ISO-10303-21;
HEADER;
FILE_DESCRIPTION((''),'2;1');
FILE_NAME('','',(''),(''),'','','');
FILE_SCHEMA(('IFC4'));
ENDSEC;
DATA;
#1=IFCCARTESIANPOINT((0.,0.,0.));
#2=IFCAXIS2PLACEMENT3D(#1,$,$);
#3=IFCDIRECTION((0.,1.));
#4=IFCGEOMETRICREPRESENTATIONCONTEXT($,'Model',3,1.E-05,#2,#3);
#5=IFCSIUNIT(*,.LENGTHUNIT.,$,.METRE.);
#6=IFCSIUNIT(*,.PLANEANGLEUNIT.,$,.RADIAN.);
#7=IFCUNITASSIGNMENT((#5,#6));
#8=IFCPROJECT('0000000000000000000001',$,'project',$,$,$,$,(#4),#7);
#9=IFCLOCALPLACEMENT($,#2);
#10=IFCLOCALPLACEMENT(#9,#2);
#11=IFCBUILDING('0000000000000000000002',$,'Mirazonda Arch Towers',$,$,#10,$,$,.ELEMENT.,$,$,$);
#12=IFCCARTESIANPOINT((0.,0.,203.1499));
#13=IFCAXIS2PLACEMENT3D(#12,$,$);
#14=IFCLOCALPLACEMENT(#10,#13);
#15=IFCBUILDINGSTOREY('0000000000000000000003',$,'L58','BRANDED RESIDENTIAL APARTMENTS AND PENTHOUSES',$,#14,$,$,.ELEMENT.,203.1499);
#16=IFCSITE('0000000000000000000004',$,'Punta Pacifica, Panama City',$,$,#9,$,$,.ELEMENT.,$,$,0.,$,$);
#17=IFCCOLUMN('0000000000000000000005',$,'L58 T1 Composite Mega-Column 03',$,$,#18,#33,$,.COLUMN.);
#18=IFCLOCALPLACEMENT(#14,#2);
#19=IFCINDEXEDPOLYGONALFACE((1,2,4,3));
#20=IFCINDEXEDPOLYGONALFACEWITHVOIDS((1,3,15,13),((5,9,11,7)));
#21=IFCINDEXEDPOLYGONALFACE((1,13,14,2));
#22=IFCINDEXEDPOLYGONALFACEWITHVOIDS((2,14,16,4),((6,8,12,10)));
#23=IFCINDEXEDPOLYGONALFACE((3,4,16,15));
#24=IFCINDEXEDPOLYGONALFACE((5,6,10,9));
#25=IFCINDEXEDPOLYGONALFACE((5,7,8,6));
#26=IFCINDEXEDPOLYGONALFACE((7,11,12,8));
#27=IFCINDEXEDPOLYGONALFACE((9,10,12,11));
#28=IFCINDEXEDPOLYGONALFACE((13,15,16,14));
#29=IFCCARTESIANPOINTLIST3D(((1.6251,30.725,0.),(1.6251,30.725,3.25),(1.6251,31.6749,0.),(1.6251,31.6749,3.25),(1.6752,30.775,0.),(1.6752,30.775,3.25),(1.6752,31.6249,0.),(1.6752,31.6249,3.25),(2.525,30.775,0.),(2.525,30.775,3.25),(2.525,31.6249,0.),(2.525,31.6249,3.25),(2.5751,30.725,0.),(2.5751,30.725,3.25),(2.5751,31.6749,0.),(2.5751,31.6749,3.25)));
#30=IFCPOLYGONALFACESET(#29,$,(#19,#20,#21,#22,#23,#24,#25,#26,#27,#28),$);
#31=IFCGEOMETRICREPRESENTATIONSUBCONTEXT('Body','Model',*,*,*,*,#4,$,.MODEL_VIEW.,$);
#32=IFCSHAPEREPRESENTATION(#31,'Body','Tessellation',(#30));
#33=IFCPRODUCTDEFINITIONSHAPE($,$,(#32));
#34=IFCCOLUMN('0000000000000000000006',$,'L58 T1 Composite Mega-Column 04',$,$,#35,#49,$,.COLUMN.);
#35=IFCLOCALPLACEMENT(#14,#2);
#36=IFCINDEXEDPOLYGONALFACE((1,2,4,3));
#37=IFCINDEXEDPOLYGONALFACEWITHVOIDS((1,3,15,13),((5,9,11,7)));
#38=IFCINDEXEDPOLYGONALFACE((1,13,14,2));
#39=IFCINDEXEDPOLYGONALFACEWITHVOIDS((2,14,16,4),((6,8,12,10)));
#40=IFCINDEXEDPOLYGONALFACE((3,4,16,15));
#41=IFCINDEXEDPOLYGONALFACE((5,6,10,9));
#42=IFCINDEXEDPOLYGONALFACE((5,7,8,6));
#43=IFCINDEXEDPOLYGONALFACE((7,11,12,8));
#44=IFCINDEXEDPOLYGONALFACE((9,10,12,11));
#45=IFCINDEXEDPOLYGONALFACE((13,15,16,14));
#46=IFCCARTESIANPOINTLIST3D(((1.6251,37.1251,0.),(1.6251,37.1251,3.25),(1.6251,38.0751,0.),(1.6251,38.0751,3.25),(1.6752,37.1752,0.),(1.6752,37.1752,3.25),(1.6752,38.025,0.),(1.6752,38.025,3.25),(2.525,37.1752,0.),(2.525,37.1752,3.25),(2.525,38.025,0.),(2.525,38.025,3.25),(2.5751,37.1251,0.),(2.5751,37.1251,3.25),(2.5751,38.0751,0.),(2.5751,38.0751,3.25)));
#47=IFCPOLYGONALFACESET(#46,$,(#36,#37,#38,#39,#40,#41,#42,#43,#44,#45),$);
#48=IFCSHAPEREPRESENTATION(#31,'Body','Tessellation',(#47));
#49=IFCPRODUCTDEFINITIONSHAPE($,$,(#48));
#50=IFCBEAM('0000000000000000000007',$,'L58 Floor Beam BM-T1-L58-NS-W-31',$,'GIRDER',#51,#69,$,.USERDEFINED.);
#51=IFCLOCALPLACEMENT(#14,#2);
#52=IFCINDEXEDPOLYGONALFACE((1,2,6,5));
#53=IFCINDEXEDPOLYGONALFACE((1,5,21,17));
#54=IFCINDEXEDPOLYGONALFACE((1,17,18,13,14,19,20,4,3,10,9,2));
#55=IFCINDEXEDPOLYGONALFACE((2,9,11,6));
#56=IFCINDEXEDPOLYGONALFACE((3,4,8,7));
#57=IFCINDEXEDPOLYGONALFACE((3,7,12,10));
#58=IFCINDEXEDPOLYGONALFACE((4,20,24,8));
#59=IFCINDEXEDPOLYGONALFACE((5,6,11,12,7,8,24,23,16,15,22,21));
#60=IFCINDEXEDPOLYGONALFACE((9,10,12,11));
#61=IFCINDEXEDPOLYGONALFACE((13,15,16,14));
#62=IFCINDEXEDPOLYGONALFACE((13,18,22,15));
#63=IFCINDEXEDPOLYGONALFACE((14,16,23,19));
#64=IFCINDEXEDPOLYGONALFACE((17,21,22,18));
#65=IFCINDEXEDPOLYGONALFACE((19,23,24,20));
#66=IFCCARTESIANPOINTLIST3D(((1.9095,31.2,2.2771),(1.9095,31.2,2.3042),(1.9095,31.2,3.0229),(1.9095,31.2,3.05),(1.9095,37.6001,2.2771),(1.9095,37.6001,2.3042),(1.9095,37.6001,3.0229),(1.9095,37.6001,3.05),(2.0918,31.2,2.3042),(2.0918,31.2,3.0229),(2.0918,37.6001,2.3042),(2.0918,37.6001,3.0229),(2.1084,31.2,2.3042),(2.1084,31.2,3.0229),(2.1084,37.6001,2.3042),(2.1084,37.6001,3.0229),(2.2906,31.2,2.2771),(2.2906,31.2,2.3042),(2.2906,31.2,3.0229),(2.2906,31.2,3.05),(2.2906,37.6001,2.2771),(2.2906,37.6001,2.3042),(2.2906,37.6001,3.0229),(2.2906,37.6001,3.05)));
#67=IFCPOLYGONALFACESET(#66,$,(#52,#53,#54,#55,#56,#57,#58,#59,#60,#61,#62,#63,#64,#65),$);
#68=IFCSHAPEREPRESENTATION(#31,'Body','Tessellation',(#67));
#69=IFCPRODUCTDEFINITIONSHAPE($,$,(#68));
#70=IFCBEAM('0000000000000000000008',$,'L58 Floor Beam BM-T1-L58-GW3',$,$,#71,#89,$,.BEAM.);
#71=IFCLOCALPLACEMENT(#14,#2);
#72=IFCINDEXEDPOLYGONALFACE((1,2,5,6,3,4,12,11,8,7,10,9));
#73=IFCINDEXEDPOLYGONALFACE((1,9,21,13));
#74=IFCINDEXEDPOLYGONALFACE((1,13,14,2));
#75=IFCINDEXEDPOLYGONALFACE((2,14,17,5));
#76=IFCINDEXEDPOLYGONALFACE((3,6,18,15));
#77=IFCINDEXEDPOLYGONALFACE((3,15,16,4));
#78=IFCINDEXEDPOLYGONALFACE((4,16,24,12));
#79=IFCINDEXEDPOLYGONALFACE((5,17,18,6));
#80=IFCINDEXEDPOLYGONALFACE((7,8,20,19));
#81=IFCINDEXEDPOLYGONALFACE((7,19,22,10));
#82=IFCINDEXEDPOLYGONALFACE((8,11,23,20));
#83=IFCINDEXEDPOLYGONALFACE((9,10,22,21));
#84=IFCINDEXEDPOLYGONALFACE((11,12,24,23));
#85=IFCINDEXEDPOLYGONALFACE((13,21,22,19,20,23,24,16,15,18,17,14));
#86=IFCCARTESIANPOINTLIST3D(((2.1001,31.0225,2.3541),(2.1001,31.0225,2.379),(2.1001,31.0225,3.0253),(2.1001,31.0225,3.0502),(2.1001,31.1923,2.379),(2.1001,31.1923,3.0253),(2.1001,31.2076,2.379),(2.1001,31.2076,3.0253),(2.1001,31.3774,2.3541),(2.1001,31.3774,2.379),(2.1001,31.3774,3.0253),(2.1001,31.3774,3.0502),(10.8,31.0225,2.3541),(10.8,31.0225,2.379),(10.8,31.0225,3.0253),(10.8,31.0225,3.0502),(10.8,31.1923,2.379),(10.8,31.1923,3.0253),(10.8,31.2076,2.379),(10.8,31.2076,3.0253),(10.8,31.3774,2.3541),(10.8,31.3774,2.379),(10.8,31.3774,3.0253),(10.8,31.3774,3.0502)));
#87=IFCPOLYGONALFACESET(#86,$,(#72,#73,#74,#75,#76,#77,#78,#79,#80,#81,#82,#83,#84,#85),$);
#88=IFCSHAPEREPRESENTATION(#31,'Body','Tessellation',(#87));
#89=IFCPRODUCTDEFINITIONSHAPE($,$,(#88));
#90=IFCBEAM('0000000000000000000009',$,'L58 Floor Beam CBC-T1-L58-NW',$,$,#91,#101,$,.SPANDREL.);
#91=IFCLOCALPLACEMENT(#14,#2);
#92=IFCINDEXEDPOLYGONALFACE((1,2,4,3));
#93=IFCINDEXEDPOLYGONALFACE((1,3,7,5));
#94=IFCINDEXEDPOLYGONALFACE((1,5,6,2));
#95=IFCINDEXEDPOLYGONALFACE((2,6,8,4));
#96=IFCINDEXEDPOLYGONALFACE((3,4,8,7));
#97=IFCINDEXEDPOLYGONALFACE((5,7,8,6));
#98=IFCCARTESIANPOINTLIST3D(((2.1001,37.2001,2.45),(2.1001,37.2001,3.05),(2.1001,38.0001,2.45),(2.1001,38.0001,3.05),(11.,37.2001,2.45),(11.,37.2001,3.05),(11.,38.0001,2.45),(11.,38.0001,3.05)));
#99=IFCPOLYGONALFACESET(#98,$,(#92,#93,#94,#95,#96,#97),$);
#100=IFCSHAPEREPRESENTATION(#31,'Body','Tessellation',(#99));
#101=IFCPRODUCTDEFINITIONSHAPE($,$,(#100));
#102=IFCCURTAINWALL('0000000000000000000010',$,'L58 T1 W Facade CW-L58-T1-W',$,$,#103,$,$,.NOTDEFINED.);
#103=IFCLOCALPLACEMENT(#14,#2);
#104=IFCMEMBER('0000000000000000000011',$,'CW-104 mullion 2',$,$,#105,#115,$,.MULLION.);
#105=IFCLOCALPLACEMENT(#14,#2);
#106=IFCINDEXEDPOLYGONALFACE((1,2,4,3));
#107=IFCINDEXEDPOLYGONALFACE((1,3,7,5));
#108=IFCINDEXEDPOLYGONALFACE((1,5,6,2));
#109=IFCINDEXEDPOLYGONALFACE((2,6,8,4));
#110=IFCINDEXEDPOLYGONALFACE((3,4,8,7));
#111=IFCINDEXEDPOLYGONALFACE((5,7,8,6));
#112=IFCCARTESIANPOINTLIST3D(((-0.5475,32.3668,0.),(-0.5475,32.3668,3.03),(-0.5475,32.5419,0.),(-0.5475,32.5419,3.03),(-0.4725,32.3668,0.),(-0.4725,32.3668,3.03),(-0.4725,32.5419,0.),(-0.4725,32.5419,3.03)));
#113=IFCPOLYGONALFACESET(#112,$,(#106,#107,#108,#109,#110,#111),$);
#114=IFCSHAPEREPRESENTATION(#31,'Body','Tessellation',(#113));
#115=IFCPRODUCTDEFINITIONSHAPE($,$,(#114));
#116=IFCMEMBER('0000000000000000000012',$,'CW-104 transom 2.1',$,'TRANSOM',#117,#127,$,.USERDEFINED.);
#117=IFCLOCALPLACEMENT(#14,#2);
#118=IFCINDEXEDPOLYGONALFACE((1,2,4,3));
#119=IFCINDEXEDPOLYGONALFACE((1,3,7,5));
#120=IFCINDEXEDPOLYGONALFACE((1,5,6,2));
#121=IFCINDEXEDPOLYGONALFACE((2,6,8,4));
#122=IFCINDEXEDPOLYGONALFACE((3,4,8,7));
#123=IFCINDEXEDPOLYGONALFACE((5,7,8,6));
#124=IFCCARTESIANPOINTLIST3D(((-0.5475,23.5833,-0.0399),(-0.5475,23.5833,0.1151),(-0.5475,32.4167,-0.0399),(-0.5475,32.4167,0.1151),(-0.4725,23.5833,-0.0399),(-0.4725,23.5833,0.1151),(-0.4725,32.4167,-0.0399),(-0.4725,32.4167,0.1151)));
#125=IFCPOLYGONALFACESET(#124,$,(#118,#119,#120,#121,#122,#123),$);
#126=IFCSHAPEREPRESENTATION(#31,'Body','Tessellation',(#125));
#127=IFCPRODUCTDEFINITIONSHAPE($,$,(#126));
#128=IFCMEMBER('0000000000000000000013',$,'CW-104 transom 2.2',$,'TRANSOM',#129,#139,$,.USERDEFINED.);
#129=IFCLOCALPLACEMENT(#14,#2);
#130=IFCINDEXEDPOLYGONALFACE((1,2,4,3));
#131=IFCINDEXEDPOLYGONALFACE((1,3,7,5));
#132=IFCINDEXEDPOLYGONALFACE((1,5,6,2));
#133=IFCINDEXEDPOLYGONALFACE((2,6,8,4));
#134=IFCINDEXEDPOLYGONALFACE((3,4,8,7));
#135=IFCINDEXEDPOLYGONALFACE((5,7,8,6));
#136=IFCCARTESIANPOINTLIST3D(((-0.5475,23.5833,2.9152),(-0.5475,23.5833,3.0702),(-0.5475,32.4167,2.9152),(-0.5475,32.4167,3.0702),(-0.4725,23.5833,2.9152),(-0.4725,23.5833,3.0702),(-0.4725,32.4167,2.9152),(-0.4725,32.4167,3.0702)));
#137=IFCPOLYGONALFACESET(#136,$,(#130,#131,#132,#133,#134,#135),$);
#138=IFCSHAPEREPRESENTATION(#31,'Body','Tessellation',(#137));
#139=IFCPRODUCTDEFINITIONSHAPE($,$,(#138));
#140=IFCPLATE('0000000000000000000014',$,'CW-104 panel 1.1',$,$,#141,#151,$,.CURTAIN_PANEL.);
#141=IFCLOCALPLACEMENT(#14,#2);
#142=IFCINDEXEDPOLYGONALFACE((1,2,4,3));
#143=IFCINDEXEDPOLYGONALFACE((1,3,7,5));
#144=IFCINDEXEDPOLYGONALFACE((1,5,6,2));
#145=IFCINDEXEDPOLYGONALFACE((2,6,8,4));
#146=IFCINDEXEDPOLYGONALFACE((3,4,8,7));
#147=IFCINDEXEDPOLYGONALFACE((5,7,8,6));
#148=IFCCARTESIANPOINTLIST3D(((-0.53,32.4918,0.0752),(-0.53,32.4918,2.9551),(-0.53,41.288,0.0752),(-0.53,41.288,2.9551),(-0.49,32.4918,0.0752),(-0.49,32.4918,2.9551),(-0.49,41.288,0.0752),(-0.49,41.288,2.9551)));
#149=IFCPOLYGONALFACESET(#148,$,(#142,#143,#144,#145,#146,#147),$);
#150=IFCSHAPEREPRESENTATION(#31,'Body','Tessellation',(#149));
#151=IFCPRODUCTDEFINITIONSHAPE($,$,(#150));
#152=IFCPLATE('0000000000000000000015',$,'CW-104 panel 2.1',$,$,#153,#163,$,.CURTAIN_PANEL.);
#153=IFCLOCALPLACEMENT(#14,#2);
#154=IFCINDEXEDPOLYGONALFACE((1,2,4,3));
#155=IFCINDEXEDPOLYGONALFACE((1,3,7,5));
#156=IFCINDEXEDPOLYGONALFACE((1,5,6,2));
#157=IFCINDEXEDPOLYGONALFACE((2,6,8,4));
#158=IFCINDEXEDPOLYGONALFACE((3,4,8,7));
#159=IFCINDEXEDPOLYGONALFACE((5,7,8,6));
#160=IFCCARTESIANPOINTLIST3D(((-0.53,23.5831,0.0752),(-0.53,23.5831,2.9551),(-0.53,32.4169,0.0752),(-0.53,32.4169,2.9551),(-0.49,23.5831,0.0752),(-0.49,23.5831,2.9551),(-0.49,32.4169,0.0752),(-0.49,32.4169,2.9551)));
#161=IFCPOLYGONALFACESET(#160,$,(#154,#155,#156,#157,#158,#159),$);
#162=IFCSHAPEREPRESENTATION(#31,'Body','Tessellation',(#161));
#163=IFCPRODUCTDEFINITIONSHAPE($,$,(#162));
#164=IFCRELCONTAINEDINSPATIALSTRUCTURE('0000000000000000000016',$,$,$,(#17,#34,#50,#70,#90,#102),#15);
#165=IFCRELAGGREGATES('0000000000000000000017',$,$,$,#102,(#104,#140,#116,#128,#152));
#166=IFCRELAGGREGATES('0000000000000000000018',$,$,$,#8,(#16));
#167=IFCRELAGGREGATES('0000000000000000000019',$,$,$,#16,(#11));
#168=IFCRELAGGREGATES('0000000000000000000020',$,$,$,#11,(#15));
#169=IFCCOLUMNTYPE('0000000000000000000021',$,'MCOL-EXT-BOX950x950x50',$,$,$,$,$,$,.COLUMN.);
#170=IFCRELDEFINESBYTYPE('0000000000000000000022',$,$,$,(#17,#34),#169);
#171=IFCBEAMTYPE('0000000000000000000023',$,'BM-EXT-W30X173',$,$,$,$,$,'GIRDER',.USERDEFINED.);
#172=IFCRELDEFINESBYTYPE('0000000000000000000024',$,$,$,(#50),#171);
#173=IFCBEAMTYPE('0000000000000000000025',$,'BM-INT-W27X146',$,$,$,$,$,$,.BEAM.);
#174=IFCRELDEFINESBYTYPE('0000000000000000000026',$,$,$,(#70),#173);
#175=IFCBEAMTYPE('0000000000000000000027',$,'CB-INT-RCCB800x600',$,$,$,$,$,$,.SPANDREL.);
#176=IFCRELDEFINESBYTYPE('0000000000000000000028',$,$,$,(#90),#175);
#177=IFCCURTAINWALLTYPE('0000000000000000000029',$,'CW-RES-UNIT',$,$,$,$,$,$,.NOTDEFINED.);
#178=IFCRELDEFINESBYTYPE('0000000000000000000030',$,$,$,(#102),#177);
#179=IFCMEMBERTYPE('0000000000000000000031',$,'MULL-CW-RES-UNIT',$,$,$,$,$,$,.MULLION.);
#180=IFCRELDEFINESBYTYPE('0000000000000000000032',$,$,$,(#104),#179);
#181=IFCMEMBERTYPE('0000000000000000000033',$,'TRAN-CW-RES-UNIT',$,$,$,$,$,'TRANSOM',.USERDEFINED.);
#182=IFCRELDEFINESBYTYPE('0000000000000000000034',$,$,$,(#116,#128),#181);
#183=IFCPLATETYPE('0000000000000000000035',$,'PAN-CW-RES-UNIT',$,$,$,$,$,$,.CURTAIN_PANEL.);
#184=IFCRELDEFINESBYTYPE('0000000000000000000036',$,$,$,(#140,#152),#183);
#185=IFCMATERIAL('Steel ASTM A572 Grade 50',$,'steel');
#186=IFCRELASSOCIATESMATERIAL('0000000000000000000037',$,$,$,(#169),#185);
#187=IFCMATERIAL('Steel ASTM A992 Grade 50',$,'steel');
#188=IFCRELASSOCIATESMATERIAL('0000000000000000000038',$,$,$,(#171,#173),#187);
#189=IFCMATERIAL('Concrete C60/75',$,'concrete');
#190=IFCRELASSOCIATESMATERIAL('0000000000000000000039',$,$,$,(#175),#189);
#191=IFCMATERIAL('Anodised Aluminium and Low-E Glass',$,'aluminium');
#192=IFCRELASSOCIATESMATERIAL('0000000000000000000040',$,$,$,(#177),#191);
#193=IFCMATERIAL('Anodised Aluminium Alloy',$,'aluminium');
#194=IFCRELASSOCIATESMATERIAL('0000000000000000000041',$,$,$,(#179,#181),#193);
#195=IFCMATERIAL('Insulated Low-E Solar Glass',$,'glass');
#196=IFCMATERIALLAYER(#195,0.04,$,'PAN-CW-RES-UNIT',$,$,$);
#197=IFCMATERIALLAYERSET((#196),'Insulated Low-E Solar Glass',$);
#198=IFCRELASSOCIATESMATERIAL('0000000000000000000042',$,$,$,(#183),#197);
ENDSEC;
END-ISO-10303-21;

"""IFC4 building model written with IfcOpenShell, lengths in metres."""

from ifc_helpers import new_model, si_unit, direction, frame, origin, origin_2d, place, context, subcontext, project, spatial, rectangle, hollow_rectangle, i_section, extrude, material, layer, layer_set, material_profile, profile_set, type_object, element, aggregate, save


model = new_model("IFC4")

# Units and contexts
model_context = context("Model", 3, precision=1e-05, world=origin(), true_north=direction((0.0, 1.0)))
body_context = subcontext(model_context, "Body", "Model", "MODEL_VIEW")
ifc_project = project(units=[si_unit("LENGTHUNIT", "METRE"), si_unit("PLANEANGLEUNIT", "RADIAN")], contexts=[model_context])

# Site, building, storey
site_placement = place(None, origin())
site = spatial("IfcSite", under=ifc_project, at=site_placement, Name="Punta Pacifica, Panama City", CompositionType="ELEMENT", RefElevation=0.0)
building_placement = place(site_placement, origin())
building = spatial("IfcBuilding", under=site, at=building_placement, Name="Mirazonda Arch Towers", CompositionType="ELEMENT")
storey_placement = place(building_placement, frame((0.0, 0.0, 203.1499)))
storey = spatial("IfcBuildingStorey", under=building, at=storey_placement, Name="L58", Description="BRANDED RESIDENTIAL APARTMENTS AND PENTHOUSES", CompositionType="ELEMENT", Elevation=203.1499)

# Columns
ifc_material_1 = material(Name="Steel ASTM A572 Grade 50", Category="steel")
ifc_material_profile_1 = material_profile(ifc_material_1, hollow_rectangle(XDim=0.95, YDim=0.95, WallThickness=0.05, at=origin_2d()), Name="BOX950x950x50")
ifc_profile_set_1 = profile_set([ifc_material_profile_1], Name="Steel ASTM A572 Grade 50")
column_type = type_object("IfcColumnType", Name="MCOL-EXT-BOX950x950x50", PredefinedType="COLUMN", material=ifc_profile_set_1)
for number, where, z_axis, x_axis, name in (
    (1, (2.1001, 31.2, 0.0), (0.0, 0.0, 1.0), (1.0, 0.0, 0.0), "L58 T1 Composite Mega-Column 03"),
    (2, (2.1001, 37.6001, 0.0), (0.0, 0.0, 1.0), (1.0, 0.0, 0.0), "L58 T1 Composite Mega-Column 04"),
):
    element("IfcColumn", number, at=place(storey_placement, frame(where, z_axis=z_axis, x_axis=x_axis)), inside=storey, type_object=column_type, Name=name, PredefinedType="COLUMN", context=body_context, shape_type="SweptSolid", body=[
        extrude(hollow_rectangle(XDim=0.95, YDim=0.95, WallThickness=0.05, at=origin_2d()), origin(), (0.0, 0.0, 1.0), 3.25),
    ])

# Beams
ifc_material_2 = material(Name="Steel ASTM A992 Grade 50", Category="steel")
ifc_material_profile_2 = material_profile(ifc_material_2, i_section(OverallWidth=0.3811, OverallDepth=0.7729, WebThickness=0.0166, FlangeThickness=0.0271, at=origin_2d()), Name="W30X173")
ifc_profile_set_2 = profile_set([ifc_material_profile_2], Name="Steel ASTM A992 Grade 50")
beam_type_1 = type_object("IfcBeamType", Name="BM-EXT-W30X173", ElementType="GIRDER", PredefinedType="USERDEFINED", material=ifc_profile_set_2)
beam_1_placement = place(storey_placement, frame((2.1001, 31.2, 2.6636), z_axis=(0.0, 1.0, 0.0), x_axis=(-1.0, 0.0, 0.0)))
element("IfcBeam", 3, at=beam_1_placement, inside=storey, type_object=beam_type_1, Name="L58 Floor Beam BM-T1-L58-NS-W-31", ObjectType="GIRDER", PredefinedType="USERDEFINED", context=body_context, shape_type="SweptSolid", body=[
    extrude(i_section(OverallWidth=0.3811, OverallDepth=0.7729, WebThickness=0.0166, FlangeThickness=0.0271, at=origin_2d()), origin(), (0.0, 0.0, 1.0), 6.4001),
])
ifc_material_profile_3 = material_profile(ifc_material_2, i_section(OverallWidth=0.355, OverallDepth=0.696, WebThickness=0.0154, FlangeThickness=0.0249, at=origin_2d()), Name="W27X146")
ifc_profile_set_3 = profile_set([ifc_material_profile_3], Name="Steel ASTM A992 Grade 50")
beam_type_2 = type_object("IfcBeamType", Name="BM-INT-W27X146", PredefinedType="BEAM", material=ifc_profile_set_3)
beam_2_placement = place(storey_placement, frame((2.1001, 31.2, 2.7021), z_axis=(1.0, 0.0, 0.0), x_axis=(0.0, 1.0, 0.0)))
element("IfcBeam", 4, at=beam_2_placement, inside=storey, type_object=beam_type_2, Name="L58 Floor Beam BM-T1-L58-GW3", PredefinedType="BEAM", context=body_context, shape_type="SweptSolid", body=[
    extrude(i_section(OverallWidth=0.355, OverallDepth=0.696, WebThickness=0.0154, FlangeThickness=0.0249, at=origin_2d()), origin(), (0.0, 0.0, 1.0), 8.7),
])
ifc_material_3 = material(Name="Concrete C60/75", Category="concrete")
ifc_material_profile_4 = material_profile(ifc_material_3, rectangle(XDim=0.8, YDim=0.6001, at=origin_2d()), Name="RCCB800x600")
ifc_profile_set_4 = profile_set([ifc_material_profile_4], Name="Concrete C60/75")
beam_type_3 = type_object("IfcBeamType", Name="CB-INT-RCCB800x600", PredefinedType="SPANDREL", material=ifc_profile_set_4)
beam_3_placement = place(storey_placement, frame((2.1001, 37.6001, 2.75), z_axis=(1.0, 0.0, 0.0), x_axis=(0.0, 1.0, 0.0)))
element("IfcBeam", 5, at=beam_3_placement, inside=storey, type_object=beam_type_3, Name="L58 Floor Beam CBC-T1-L58-NW", PredefinedType="SPANDREL", context=body_context, shape_type="SweptSolid", body=[
    extrude(rectangle(XDim=0.8, YDim=0.6001, at=origin_2d()), origin(), (0.0, 0.0, 1.0), 8.8999),
])

# Curtain wall, members, plates
ifc_material_4 = material(Name="Anodised Aluminium and Low-E Glass", Category="aluminium")
curtain_wall_type = type_object("IfcCurtainWallType", Name="CW-RES-UNIT", PredefinedType="NOTDEFINED", material=ifc_material_4)
curtain_wall_placement = place(storey_placement, origin())
curtain_wall = element("IfcCurtainWall", 6, at=curtain_wall_placement, inside=storey, type_object=curtain_wall_type, Name="L58 T1 W Facade CW-L58-T1-W", PredefinedType="NOTDEFINED")
ifc_material_5 = material(Name="Anodised Aluminium Alloy", Category="aluminium")
ifc_material_profile_5 = material_profile(ifc_material_5, rectangle(XDim=0.075, YDim=0.175, at=origin_2d()), Name="ALU-MULL-75x175")
ifc_profile_set_5 = profile_set([ifc_material_profile_5], Name="Anodised Aluminium Alloy")
member_type_1 = type_object("IfcMemberType", Name="MULL-CW-RES-UNIT", PredefinedType="MULLION", material=ifc_profile_set_5)
member_1_placement = place(storey_placement, frame((-0.51, 32.4543, 0.0), z_axis=(0.0, 0.0, 1.0), x_axis=(1.0, 0.0, 0.0)))
member_1 = element("IfcMember", 7, at=member_1_placement, type_object=member_type_1, Name="CW-104 mullion 2", PredefinedType="MULLION", context=body_context, shape_type="SweptSolid", body=[
    extrude(rectangle(XDim=0.075, YDim=0.175, at=origin_2d()), origin(), (0.0, 0.0, 1.0), 3.03),
])
ifc_material_profile_6 = material_profile(ifc_material_5, rectangle(XDim=0.075, YDim=0.155, at=origin_2d()), Name="ALU-TRAN-75x155")
ifc_profile_set_6 = profile_set([ifc_material_profile_6], Name="Anodised Aluminium Alloy")
member_type_2 = type_object("IfcMemberType", Name="TRAN-CW-RES-UNIT", ElementType="TRANSOM", PredefinedType="USERDEFINED", material=ifc_profile_set_6)
member_2_placement = place(storey_placement, frame((-0.51, 32.4167, 0.0376), z_axis=(0.0, -1.0, 0.0), x_axis=(1.0, 0.0, 0.0)))
member_2 = element("IfcMember", 8, at=member_2_placement, type_object=member_type_2, Name="CW-104 transom 2.1", ObjectType="TRANSOM", PredefinedType="USERDEFINED", context=body_context, shape_type="SweptSolid", body=[
    extrude(rectangle(XDim=0.075, YDim=0.155, at=origin_2d()), origin(), (0.0, 0.0, 1.0), 8.8335),
])
member_3_placement = place(storey_placement, frame((-0.51, 32.4167, 2.9927), z_axis=(0.0, -1.0, 0.0), x_axis=(1.0, 0.0, 0.0)))
member_3 = element("IfcMember", 9, at=member_3_placement, type_object=member_type_2, Name="CW-104 transom 2.2", ObjectType="TRANSOM", PredefinedType="USERDEFINED", context=body_context, shape_type="SweptSolid", body=[
    extrude(rectangle(XDim=0.075, YDim=0.155, at=origin_2d()), origin(), (0.0, 0.0, 1.0), 8.8335),
])
ifc_material_6 = material(Name="Insulated Low-E Solar Glass", Category="glass")
ifc_layer_1 = layer(ifc_material_6, 0.04, Name="PAN-CW-RES-UNIT")
ifc_layer_set_1 = layer_set([ifc_layer_1], Name="Insulated Low-E Solar Glass")
plate_type = type_object("IfcPlateType", Name="PAN-CW-RES-UNIT", PredefinedType="CURTAIN_PANEL", material=ifc_layer_set_1)
plate_1_placement = place(storey_placement, frame((-0.51, 36.8899, 0.0752), z_axis=(0.0, 0.0, 1.0), x_axis=(0.0, -1.0, 0.0)))
plate_1 = element("IfcPlate", 10, at=plate_1_placement, type_object=plate_type, Name="CW-104 panel 1.1", PredefinedType="CURTAIN_PANEL", context=body_context, shape_type="SweptSolid", body=[
    extrude(rectangle(XDim=8.7961, YDim=0.04, at=origin_2d()), origin(), (0.0, 0.0, 1.0), 2.8799),
])
plate_2_placement = place(storey_placement, frame((-0.51, 28.0, 0.0752), z_axis=(0.0, 0.0, 1.0), x_axis=(0.0, -1.0, 0.0)))
plate_2 = element("IfcPlate", 11, at=plate_2_placement, type_object=plate_type, Name="CW-104 panel 2.1", PredefinedType="CURTAIN_PANEL", context=body_context, shape_type="SweptSolid", body=[
    extrude(rectangle(XDim=8.8337, YDim=0.04, at=origin_2d()), origin(), (0.0, 0.0, 1.0), 2.8799),
])
aggregate(curtain_wall, [member_1, plate_1, member_2, member_3, plate_2])

save(model, "model.ifc")
